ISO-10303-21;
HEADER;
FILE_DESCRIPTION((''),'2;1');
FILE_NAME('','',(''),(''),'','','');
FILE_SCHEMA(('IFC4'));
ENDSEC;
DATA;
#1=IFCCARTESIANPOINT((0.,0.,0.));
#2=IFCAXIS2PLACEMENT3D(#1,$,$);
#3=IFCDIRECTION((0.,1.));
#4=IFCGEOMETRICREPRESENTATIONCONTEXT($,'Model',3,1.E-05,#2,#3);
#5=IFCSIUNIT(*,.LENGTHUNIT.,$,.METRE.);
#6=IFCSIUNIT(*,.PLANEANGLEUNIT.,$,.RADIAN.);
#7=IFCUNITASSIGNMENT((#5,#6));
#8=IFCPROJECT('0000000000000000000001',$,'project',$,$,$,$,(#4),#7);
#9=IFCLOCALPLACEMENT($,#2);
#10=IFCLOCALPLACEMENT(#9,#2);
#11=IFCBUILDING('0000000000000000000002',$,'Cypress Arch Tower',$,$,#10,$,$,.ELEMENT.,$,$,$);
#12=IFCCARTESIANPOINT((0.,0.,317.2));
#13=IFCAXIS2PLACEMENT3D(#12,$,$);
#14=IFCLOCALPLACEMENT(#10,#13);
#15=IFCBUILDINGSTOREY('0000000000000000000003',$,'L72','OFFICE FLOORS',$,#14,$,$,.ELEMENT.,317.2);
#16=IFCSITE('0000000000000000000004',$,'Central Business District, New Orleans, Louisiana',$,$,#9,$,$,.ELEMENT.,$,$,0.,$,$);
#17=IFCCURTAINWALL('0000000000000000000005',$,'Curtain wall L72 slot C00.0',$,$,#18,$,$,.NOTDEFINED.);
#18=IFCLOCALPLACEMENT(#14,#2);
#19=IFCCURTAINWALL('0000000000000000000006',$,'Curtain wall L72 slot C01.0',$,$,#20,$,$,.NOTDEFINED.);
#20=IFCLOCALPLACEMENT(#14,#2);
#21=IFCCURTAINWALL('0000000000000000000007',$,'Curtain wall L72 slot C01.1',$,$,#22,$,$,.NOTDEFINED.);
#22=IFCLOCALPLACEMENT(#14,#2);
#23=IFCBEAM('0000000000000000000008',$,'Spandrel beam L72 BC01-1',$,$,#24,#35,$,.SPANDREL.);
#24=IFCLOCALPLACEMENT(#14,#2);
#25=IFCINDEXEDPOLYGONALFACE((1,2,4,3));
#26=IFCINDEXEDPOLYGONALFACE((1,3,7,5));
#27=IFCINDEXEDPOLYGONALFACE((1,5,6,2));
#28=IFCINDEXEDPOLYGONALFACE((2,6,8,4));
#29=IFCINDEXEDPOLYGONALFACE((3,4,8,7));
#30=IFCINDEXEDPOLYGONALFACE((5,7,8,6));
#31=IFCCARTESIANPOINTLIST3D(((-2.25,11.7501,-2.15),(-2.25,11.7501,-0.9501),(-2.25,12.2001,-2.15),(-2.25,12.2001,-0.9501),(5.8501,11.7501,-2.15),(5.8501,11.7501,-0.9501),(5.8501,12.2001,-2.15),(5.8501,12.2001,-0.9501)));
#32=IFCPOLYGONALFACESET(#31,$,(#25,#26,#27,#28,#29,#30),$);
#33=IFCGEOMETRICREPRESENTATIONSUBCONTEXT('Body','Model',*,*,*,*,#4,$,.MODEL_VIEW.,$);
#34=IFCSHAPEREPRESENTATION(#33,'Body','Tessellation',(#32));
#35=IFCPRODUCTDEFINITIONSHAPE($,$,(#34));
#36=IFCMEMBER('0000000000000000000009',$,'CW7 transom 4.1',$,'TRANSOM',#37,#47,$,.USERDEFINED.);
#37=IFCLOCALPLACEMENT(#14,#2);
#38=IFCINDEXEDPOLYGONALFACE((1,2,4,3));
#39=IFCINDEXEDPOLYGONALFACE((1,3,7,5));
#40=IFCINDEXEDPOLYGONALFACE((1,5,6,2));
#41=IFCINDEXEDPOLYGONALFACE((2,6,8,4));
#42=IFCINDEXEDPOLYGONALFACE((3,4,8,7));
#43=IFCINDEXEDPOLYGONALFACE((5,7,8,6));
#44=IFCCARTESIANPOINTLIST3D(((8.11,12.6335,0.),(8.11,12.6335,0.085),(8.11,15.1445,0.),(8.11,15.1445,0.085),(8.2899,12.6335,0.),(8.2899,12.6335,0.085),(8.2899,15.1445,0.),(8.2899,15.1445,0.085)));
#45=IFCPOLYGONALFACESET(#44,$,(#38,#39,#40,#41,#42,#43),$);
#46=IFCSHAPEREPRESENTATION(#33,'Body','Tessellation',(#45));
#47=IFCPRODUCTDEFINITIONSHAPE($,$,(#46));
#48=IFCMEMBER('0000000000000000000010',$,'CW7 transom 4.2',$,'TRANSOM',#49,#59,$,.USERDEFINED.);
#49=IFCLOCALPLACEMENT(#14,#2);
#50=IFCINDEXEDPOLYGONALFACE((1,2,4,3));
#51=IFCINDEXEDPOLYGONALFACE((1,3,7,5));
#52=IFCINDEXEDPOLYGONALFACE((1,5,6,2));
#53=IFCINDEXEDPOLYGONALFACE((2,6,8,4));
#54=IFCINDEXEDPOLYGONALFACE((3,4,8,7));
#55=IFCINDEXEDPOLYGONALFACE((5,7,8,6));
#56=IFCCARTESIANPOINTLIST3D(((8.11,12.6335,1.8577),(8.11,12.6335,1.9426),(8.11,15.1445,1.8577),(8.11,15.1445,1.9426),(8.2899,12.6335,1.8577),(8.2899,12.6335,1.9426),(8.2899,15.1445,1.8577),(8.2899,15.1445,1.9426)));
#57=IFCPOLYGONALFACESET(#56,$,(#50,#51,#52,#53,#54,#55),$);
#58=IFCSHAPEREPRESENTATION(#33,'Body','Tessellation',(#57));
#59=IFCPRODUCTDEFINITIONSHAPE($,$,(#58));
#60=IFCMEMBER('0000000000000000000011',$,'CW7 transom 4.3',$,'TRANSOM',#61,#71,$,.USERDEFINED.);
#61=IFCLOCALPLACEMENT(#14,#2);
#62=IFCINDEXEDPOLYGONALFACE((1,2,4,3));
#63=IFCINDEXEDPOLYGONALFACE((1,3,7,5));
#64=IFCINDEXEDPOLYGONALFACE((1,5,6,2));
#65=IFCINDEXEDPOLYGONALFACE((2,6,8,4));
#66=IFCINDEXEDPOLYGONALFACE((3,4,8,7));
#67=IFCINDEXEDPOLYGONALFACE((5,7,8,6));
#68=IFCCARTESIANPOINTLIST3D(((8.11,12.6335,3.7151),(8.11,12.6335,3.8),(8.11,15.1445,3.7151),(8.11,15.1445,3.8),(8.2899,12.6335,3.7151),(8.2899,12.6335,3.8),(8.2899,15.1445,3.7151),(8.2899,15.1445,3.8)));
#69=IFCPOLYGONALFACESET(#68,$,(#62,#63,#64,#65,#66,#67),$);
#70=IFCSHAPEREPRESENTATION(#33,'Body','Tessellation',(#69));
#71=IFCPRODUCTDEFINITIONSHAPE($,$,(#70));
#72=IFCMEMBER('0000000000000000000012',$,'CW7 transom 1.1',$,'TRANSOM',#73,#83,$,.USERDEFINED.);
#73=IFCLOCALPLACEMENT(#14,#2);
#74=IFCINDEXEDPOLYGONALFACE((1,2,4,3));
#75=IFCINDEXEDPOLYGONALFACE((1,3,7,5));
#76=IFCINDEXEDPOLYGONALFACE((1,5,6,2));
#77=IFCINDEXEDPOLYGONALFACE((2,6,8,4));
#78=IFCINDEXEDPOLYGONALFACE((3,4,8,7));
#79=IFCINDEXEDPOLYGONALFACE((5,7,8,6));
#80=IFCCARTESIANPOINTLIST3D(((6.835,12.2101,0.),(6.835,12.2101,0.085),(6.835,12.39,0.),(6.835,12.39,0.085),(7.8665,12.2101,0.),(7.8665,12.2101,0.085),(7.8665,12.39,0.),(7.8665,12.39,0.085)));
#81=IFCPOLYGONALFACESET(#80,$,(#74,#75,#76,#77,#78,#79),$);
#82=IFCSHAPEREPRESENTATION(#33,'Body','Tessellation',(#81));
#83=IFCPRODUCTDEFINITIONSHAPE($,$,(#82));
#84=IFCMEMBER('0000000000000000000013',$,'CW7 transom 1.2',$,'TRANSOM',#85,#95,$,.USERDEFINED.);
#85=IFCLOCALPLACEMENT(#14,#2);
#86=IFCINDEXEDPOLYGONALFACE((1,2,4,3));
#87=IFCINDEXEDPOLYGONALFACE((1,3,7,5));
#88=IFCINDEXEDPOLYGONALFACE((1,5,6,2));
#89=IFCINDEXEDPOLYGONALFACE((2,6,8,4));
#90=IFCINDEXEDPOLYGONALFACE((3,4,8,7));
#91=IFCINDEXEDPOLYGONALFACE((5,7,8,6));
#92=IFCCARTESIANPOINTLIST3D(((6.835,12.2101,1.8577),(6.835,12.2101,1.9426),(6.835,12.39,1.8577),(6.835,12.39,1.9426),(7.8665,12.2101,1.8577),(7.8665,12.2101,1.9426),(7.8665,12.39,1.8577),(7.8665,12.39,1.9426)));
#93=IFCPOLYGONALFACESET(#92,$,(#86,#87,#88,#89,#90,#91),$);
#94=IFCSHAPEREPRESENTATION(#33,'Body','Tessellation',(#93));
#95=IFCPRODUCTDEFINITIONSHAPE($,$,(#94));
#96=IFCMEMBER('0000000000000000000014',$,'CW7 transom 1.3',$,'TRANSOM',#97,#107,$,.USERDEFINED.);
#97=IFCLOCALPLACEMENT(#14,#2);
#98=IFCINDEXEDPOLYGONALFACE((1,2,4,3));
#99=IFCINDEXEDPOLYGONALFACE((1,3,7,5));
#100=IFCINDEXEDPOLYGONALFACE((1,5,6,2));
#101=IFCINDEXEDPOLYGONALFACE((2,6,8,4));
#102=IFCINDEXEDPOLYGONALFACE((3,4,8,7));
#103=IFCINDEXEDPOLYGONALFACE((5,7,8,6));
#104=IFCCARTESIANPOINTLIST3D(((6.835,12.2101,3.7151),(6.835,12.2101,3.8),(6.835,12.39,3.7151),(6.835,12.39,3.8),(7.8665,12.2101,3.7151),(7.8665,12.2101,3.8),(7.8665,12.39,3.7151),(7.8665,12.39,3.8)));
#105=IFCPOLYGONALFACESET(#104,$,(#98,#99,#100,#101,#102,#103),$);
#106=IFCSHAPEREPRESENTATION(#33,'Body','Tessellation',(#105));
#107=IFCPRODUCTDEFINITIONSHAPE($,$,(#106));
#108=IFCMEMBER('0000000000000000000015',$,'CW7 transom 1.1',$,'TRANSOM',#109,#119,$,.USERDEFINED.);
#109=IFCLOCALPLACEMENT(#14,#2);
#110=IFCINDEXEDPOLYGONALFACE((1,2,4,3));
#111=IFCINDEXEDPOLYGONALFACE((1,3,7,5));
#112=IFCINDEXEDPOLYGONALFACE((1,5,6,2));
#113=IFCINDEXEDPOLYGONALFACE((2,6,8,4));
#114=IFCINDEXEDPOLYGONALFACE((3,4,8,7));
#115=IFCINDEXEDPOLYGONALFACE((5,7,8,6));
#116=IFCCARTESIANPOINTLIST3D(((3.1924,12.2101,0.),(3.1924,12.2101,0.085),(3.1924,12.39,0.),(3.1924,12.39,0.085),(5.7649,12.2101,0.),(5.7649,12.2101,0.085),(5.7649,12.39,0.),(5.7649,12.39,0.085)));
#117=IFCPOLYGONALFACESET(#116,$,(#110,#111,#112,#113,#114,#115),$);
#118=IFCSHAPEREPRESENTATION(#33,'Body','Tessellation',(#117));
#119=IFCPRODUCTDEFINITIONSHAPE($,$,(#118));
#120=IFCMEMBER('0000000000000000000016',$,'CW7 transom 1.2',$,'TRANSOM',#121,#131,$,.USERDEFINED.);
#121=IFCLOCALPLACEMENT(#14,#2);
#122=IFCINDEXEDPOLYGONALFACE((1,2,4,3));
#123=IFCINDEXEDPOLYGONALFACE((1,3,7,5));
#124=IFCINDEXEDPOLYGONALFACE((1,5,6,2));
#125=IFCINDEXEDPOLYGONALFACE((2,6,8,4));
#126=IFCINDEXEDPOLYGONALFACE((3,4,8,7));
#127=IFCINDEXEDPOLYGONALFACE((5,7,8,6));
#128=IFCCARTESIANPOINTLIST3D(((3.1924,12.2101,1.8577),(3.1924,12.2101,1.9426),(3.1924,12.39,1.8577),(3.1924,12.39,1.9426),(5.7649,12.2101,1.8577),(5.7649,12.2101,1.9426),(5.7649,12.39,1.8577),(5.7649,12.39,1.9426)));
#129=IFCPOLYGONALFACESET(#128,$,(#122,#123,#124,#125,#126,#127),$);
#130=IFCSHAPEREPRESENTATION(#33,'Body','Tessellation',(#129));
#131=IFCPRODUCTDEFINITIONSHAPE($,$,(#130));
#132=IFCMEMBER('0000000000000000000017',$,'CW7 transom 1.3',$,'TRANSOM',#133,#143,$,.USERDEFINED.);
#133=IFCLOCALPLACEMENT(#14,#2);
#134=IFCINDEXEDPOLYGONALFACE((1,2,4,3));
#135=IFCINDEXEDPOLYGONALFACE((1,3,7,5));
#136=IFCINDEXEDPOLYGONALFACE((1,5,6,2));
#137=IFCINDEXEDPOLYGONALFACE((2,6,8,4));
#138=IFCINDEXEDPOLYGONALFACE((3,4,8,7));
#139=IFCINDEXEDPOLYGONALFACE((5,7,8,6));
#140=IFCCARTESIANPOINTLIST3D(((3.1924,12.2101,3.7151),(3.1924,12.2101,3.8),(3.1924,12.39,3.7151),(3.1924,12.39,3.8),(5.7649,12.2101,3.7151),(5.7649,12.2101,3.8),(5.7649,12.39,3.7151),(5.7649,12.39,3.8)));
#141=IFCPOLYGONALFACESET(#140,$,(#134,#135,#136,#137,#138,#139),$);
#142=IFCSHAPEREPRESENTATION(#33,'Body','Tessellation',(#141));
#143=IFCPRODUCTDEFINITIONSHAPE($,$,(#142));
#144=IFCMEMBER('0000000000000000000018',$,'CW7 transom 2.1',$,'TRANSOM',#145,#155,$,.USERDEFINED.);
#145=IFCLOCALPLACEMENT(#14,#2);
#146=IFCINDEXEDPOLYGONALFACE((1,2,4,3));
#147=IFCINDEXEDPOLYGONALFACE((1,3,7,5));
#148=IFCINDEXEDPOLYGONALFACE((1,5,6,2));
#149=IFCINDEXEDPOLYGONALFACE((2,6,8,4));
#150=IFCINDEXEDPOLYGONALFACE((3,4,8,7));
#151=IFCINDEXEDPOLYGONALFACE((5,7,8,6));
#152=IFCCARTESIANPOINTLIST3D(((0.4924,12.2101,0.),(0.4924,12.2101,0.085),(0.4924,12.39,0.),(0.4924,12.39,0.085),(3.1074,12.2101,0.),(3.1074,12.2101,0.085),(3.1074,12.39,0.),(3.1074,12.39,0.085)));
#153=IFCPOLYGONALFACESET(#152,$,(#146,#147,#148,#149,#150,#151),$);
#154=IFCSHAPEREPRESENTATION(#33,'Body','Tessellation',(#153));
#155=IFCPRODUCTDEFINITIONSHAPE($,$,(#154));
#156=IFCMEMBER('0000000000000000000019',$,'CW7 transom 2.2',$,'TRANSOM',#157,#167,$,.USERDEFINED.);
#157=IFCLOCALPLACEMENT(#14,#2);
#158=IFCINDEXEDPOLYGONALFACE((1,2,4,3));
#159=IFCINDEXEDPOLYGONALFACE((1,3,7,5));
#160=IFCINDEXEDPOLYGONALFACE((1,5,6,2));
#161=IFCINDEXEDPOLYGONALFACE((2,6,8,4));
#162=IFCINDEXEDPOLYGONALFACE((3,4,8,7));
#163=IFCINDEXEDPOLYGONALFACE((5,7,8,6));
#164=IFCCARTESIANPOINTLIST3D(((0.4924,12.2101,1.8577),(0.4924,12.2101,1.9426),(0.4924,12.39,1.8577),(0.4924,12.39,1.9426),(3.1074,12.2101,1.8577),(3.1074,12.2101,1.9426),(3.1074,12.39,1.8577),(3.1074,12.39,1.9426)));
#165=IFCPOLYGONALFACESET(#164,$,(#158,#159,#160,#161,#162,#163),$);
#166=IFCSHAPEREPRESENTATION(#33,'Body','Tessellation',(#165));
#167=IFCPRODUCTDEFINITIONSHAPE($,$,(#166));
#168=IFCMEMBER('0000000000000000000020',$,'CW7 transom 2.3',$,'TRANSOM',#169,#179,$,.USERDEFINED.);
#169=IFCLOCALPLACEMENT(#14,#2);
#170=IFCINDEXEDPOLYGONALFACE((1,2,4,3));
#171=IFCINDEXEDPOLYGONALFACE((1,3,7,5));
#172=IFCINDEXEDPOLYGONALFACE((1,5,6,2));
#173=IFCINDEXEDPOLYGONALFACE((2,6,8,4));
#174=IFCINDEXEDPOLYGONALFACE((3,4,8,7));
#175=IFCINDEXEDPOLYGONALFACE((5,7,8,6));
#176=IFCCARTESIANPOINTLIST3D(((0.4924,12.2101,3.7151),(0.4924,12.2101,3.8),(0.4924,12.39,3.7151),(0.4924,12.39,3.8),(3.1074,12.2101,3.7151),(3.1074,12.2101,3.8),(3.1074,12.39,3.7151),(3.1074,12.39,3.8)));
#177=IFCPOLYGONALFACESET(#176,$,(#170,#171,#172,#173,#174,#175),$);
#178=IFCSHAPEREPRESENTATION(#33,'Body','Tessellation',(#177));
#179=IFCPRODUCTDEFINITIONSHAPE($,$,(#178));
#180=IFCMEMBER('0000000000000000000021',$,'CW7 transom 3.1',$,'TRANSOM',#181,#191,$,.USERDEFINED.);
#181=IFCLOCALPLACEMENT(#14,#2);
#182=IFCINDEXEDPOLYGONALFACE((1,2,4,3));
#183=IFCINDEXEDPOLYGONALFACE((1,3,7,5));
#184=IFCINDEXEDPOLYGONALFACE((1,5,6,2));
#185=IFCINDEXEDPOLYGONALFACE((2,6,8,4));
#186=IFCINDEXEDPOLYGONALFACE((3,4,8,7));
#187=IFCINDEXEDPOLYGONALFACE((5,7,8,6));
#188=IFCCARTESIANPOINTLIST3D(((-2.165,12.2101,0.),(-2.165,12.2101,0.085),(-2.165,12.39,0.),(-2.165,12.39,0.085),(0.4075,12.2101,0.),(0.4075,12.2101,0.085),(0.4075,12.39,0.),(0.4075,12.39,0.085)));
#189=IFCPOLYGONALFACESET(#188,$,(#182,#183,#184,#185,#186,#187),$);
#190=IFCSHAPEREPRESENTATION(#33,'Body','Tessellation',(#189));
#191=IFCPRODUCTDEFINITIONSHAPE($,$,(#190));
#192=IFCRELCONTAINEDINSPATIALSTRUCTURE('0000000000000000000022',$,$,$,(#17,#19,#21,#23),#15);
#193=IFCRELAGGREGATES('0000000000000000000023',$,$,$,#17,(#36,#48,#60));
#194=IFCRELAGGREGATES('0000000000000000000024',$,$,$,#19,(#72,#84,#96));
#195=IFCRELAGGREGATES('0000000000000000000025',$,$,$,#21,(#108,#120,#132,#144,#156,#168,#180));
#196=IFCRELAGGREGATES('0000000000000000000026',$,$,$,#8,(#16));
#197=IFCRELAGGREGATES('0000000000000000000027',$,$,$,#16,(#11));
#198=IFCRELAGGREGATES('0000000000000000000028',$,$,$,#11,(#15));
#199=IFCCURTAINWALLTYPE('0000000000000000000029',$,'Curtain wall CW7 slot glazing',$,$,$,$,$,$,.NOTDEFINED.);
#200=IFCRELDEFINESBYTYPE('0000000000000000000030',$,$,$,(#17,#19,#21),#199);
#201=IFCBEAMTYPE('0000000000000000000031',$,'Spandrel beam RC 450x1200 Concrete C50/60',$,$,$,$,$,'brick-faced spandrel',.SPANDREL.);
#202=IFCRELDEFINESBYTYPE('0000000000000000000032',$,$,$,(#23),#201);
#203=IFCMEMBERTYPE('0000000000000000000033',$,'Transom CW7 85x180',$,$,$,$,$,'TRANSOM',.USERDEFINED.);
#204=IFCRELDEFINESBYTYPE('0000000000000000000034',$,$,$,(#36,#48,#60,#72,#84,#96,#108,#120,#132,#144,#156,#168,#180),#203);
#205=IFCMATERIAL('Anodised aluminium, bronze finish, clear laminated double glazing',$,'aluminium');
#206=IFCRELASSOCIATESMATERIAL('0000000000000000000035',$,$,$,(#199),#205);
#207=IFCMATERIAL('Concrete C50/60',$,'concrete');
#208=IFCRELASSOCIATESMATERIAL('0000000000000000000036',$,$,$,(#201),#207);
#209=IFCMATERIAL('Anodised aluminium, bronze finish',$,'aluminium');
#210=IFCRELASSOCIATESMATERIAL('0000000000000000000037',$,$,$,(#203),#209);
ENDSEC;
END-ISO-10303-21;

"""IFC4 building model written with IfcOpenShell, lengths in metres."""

from ifc_helpers import new_model, si_unit, direction, frame, origin, origin_2d, place, context, subcontext, project, spatial, rectangle, extrude, material, material_profile, profile_set, type_object, element, aggregate, save


model = new_model("IFC4")

# Units and contexts
model_context = context("Model", 3, precision=1e-05, world=origin(), true_north=direction((0.0, 1.0)))
body_context = subcontext(model_context, "Body", "Model", "MODEL_VIEW")
ifc_project = project(units=[si_unit("LENGTHUNIT", "METRE"), si_unit("PLANEANGLEUNIT", "RADIAN")], contexts=[model_context])

# Site, building, storey
site_placement = place(None, origin())
site = spatial("IfcSite", under=ifc_project, at=site_placement, Name="Central Business District, New Orleans, Louisiana", CompositionType="ELEMENT", RefElevation=0.0)
building_placement = place(site_placement, origin())
building = spatial("IfcBuilding", under=site, at=building_placement, Name="Cypress Arch Tower", CompositionType="ELEMENT")
storey_placement = place(building_placement, frame((0.0, 0.0, 317.2)))
storey = spatial("IfcBuildingStorey", under=building, at=storey_placement, Name="L72", Description="OFFICE FLOORS", CompositionType="ELEMENT", Elevation=317.2)

# Curtain walls
ifc_material_1 = material(Name="Anodised aluminium, bronze finish, clear laminated double glazing", Category="aluminium")
curtain_wall_type = type_object("IfcCurtainWallType", Name="Curtain wall CW7 slot glazing", PredefinedType="NOTDEFINED", material=ifc_material_1)
curtain_wall_1_placement = place(storey_placement, origin())
curtain_wall_1 = element("IfcCurtainWall", 1, at=curtain_wall_1_placement, inside=storey, type_object=curtain_wall_type, Name="Curtain wall L72 slot C00.0", PredefinedType="NOTDEFINED")
curtain_wall_2_placement = place(storey_placement, origin())
curtain_wall_2 = element("IfcCurtainWall", 2, at=curtain_wall_2_placement, inside=storey, type_object=curtain_wall_type, Name="Curtain wall L72 slot C01.0", PredefinedType="NOTDEFINED")
curtain_wall_3_placement = place(storey_placement, origin())
curtain_wall_3 = element("IfcCurtainWall", 3, at=curtain_wall_3_placement, inside=storey, type_object=curtain_wall_type, Name="Curtain wall L72 slot C01.1", PredefinedType="NOTDEFINED")

# Beam
ifc_material_2 = material(Name="Concrete C50/60", Category="concrete")
ifc_material_profile_1 = material_profile(ifc_material_2, rectangle(XDim=0.45, YDim=1.2, at=origin_2d()), Name="RC 450x1200")
ifc_profile_set_1 = profile_set([ifc_material_profile_1], Name="Concrete C50/60")
beam_type_1 = type_object("IfcBeamType", Name="Spandrel beam RC 450x1200 Concrete C50/60", ElementType="brick-faced spandrel", PredefinedType="SPANDREL", material=ifc_profile_set_1)
beam_1_placement = place(storey_placement, frame((5.8501, 11.9751, -1.55), z_axis=(-1.0, 0.0, 0.0), x_axis=(0.0, -1.0, 0.0)))
element("IfcBeam", 4, at=beam_1_placement, inside=storey, type_object=beam_type_1, Name="Spandrel beam L72 BC01-1", PredefinedType="SPANDREL", context=body_context, shape_type="SweptSolid", body=[
    extrude(rectangle(XDim=0.45, YDim=1.2, at=origin_2d()), origin(), (0.0, 0.0, 1.0), 8.1001),
])

# Members
ifc_material_3 = material(Name="Anodised aluminium, bronze finish", Category="aluminium")
ifc_material_profile_2 = material_profile(ifc_material_3, rectangle(XDim=0.1799, YDim=0.085, at=origin_2d()), Name="Transom 85x180")
ifc_profile_set_2 = profile_set([ifc_material_profile_2], Name="Anodised aluminium, bronze finish")
member_type_1 = type_object("IfcMemberType", Name="Transom CW7 85x180", ElementType="TRANSOM", PredefinedType="USERDEFINED", material=ifc_profile_set_2)
member_1_placement = place(storey_placement, frame((8.2, 15.1445, 0.0425), z_axis=(0.0, -1.0, 0.0), x_axis=(1.0, 0.0, 0.0)))
member_1 = element("IfcMember", 5, at=member_1_placement, type_object=member_type_1, Name="CW7 transom 4.1", ObjectType="TRANSOM", PredefinedType="USERDEFINED", context=body_context, shape_type="SweptSolid", body=[
    extrude(rectangle(XDim=0.1799, YDim=0.085, at=origin_2d()), origin(), (0.0, 0.0, 1.0), 2.511),
])
member_2_placement = place(storey_placement, frame((8.2, 15.1445, 1.9001), z_axis=(0.0, -1.0, 0.0), x_axis=(1.0, 0.0, 0.0)))
member_2 = element("IfcMember", 6, at=member_2_placement, type_object=member_type_1, Name="CW7 transom 4.2", ObjectType="TRANSOM", PredefinedType="USERDEFINED", context=body_context, shape_type="SweptSolid", body=[
    extrude(rectangle(XDim=0.1799, YDim=0.085, at=origin_2d()), origin(), (0.0, 0.0, 1.0), 2.511),
])
member_3_placement = place(storey_placement, frame((8.2, 15.1445, 3.7576), z_axis=(0.0, -1.0, 0.0), x_axis=(1.0, 0.0, 0.0)))
member_3 = element("IfcMember", 7, at=member_3_placement, type_object=member_type_1, Name="CW7 transom 4.3", ObjectType="TRANSOM", PredefinedType="USERDEFINED", context=body_context, shape_type="SweptSolid", body=[
    extrude(rectangle(XDim=0.1799, YDim=0.085, at=origin_2d()), origin(), (0.0, 0.0, 1.0), 2.511),
])
member_4_placement = place(storey_placement, frame((7.8665, 12.3, 0.0425), z_axis=(-1.0, 0.0, 0.0), x_axis=(0.0, -1.0, 0.0)))
member_4 = element("IfcMember", 8, at=member_4_placement, type_object=member_type_1, Name="CW7 transom 1.1", ObjectType="TRANSOM", PredefinedType="USERDEFINED", context=body_context, shape_type="SweptSolid", body=[
    extrude(rectangle(XDim=0.1799, YDim=0.085, at=origin_2d()), origin(), (0.0, 0.0, 1.0), 1.0315),
])
member_5_placement = place(storey_placement, frame((7.8665, 12.3, 1.9001), z_axis=(-1.0, 0.0, 0.0), x_axis=(0.0, -1.0, 0.0)))
member_5 = element("IfcMember", 9, at=member_5_placement, type_object=member_type_1, Name="CW7 transom 1.2", ObjectType="TRANSOM", PredefinedType="USERDEFINED", context=body_context, shape_type="SweptSolid", body=[
    extrude(rectangle(XDim=0.1799, YDim=0.085, at=origin_2d()), origin(), (0.0, 0.0, 1.0), 1.0315),
])
member_6_placement = place(storey_placement, frame((7.8665, 12.3, 3.7576), z_axis=(-1.0, 0.0, 0.0), x_axis=(0.0, -1.0, 0.0)))
member_6 = element("IfcMember", 10, at=member_6_placement, type_object=member_type_1, Name="CW7 transom 1.3", ObjectType="TRANSOM", PredefinedType="USERDEFINED", context=body_context, shape_type="SweptSolid", body=[
    extrude(rectangle(XDim=0.1799, YDim=0.085, at=origin_2d()), origin(), (0.0, 0.0, 1.0), 1.0315),
])
member_7_placement = place(storey_placement, frame((5.7649, 12.3, 0.0425), z_axis=(-1.0, 0.0, 0.0), x_axis=(0.0, -1.0, 0.0)))
member_7 = element("IfcMember", 11, at=member_7_placement, type_object=member_type_1, Name="CW7 transom 1.1", ObjectType="TRANSOM", PredefinedType="USERDEFINED", context=body_context, shape_type="SweptSolid", body=[
    extrude(rectangle(XDim=0.1799, YDim=0.085, at=origin_2d()), origin(), (0.0, 0.0, 1.0), 2.5725),
])
member_8_placement = place(storey_placement, frame((5.7649, 12.3, 1.9001), z_axis=(-1.0, 0.0, 0.0), x_axis=(0.0, -1.0, 0.0)))
member_8 = element("IfcMember", 12, at=member_8_placement, type_object=member_type_1, Name="CW7 transom 1.2", ObjectType="TRANSOM", PredefinedType="USERDEFINED", context=body_context, shape_type="SweptSolid", body=[
    extrude(rectangle(XDim=0.1799, YDim=0.085, at=origin_2d()), origin(), (0.0, 0.0, 1.0), 2.5725),
])
member_9_placement = place(storey_placement, frame((5.7649, 12.3, 3.7576), z_axis=(-1.0, 0.0, 0.0), x_axis=(0.0, -1.0, 0.0)))
member_9 = element("IfcMember", 13, at=member_9_placement, type_object=member_type_1, Name="CW7 transom 1.3", ObjectType="TRANSOM", PredefinedType="USERDEFINED", context=body_context, shape_type="SweptSolid", body=[
    extrude(rectangle(XDim=0.1799, YDim=0.085, at=origin_2d()), origin(), (0.0, 0.0, 1.0), 2.5725),
])
member_10_placement = place(storey_placement, frame((3.1074, 12.3, 0.0425), z_axis=(-1.0, 0.0, 0.0), x_axis=(0.0, -1.0, 0.0)))
member_10 = element("IfcMember", 14, at=member_10_placement, type_object=member_type_1, Name="CW7 transom 2.1", ObjectType="TRANSOM", PredefinedType="USERDEFINED", context=body_context, shape_type="SweptSolid", body=[
    extrude(rectangle(XDim=0.1799, YDim=0.085, at=origin_2d()), origin(), (0.0, 0.0, 1.0), 2.615),
])
member_11_placement = place(storey_placement, frame((3.1074, 12.3, 1.9001), z_axis=(-1.0, 0.0, 0.0), x_axis=(0.0, -1.0, 0.0)))
member_11 = element("IfcMember", 15, at=member_11_placement, type_object=member_type_1, Name="CW7 transom 2.2", ObjectType="TRANSOM", PredefinedType="USERDEFINED", context=body_context, shape_type="SweptSolid", body=[
    extrude(rectangle(XDim=0.1799, YDim=0.085, at=origin_2d()), origin(), (0.0, 0.0, 1.0), 2.615),
])
member_12_placement = place(storey_placement, frame((3.1074, 12.3, 3.7576), z_axis=(-1.0, 0.0, 0.0), x_axis=(0.0, -1.0, 0.0)))
member_12 = element("IfcMember", 16, at=member_12_placement, type_object=member_type_1, Name="CW7 transom 2.3", ObjectType="TRANSOM", PredefinedType="USERDEFINED", context=body_context, shape_type="SweptSolid", body=[
    extrude(rectangle(XDim=0.1799, YDim=0.085, at=origin_2d()), origin(), (0.0, 0.0, 1.0), 2.615),
])
member_13_placement = place(storey_placement, frame((0.4075, 12.3, 0.0425), z_axis=(-1.0, 0.0, 0.0), x_axis=(0.0, -1.0, 0.0)))
member_13 = element("IfcMember", 17, at=member_13_placement, type_object=member_type_1, Name="CW7 transom 3.1", ObjectType="TRANSOM", PredefinedType="USERDEFINED", context=body_context, shape_type="SweptSolid", body=[
    extrude(rectangle(XDim=0.1799, YDim=0.085, at=origin_2d()), origin(), (0.0, 0.0, 1.0), 2.5725),
])

aggregate(curtain_wall_1, [member_1, member_2, member_3])
aggregate(curtain_wall_2, [member_4, member_5, member_6])
aggregate(curtain_wall_3, [member_7, member_8, member_9, member_10, member_11, member_12, member_13])

save(model, "model.ifc")
